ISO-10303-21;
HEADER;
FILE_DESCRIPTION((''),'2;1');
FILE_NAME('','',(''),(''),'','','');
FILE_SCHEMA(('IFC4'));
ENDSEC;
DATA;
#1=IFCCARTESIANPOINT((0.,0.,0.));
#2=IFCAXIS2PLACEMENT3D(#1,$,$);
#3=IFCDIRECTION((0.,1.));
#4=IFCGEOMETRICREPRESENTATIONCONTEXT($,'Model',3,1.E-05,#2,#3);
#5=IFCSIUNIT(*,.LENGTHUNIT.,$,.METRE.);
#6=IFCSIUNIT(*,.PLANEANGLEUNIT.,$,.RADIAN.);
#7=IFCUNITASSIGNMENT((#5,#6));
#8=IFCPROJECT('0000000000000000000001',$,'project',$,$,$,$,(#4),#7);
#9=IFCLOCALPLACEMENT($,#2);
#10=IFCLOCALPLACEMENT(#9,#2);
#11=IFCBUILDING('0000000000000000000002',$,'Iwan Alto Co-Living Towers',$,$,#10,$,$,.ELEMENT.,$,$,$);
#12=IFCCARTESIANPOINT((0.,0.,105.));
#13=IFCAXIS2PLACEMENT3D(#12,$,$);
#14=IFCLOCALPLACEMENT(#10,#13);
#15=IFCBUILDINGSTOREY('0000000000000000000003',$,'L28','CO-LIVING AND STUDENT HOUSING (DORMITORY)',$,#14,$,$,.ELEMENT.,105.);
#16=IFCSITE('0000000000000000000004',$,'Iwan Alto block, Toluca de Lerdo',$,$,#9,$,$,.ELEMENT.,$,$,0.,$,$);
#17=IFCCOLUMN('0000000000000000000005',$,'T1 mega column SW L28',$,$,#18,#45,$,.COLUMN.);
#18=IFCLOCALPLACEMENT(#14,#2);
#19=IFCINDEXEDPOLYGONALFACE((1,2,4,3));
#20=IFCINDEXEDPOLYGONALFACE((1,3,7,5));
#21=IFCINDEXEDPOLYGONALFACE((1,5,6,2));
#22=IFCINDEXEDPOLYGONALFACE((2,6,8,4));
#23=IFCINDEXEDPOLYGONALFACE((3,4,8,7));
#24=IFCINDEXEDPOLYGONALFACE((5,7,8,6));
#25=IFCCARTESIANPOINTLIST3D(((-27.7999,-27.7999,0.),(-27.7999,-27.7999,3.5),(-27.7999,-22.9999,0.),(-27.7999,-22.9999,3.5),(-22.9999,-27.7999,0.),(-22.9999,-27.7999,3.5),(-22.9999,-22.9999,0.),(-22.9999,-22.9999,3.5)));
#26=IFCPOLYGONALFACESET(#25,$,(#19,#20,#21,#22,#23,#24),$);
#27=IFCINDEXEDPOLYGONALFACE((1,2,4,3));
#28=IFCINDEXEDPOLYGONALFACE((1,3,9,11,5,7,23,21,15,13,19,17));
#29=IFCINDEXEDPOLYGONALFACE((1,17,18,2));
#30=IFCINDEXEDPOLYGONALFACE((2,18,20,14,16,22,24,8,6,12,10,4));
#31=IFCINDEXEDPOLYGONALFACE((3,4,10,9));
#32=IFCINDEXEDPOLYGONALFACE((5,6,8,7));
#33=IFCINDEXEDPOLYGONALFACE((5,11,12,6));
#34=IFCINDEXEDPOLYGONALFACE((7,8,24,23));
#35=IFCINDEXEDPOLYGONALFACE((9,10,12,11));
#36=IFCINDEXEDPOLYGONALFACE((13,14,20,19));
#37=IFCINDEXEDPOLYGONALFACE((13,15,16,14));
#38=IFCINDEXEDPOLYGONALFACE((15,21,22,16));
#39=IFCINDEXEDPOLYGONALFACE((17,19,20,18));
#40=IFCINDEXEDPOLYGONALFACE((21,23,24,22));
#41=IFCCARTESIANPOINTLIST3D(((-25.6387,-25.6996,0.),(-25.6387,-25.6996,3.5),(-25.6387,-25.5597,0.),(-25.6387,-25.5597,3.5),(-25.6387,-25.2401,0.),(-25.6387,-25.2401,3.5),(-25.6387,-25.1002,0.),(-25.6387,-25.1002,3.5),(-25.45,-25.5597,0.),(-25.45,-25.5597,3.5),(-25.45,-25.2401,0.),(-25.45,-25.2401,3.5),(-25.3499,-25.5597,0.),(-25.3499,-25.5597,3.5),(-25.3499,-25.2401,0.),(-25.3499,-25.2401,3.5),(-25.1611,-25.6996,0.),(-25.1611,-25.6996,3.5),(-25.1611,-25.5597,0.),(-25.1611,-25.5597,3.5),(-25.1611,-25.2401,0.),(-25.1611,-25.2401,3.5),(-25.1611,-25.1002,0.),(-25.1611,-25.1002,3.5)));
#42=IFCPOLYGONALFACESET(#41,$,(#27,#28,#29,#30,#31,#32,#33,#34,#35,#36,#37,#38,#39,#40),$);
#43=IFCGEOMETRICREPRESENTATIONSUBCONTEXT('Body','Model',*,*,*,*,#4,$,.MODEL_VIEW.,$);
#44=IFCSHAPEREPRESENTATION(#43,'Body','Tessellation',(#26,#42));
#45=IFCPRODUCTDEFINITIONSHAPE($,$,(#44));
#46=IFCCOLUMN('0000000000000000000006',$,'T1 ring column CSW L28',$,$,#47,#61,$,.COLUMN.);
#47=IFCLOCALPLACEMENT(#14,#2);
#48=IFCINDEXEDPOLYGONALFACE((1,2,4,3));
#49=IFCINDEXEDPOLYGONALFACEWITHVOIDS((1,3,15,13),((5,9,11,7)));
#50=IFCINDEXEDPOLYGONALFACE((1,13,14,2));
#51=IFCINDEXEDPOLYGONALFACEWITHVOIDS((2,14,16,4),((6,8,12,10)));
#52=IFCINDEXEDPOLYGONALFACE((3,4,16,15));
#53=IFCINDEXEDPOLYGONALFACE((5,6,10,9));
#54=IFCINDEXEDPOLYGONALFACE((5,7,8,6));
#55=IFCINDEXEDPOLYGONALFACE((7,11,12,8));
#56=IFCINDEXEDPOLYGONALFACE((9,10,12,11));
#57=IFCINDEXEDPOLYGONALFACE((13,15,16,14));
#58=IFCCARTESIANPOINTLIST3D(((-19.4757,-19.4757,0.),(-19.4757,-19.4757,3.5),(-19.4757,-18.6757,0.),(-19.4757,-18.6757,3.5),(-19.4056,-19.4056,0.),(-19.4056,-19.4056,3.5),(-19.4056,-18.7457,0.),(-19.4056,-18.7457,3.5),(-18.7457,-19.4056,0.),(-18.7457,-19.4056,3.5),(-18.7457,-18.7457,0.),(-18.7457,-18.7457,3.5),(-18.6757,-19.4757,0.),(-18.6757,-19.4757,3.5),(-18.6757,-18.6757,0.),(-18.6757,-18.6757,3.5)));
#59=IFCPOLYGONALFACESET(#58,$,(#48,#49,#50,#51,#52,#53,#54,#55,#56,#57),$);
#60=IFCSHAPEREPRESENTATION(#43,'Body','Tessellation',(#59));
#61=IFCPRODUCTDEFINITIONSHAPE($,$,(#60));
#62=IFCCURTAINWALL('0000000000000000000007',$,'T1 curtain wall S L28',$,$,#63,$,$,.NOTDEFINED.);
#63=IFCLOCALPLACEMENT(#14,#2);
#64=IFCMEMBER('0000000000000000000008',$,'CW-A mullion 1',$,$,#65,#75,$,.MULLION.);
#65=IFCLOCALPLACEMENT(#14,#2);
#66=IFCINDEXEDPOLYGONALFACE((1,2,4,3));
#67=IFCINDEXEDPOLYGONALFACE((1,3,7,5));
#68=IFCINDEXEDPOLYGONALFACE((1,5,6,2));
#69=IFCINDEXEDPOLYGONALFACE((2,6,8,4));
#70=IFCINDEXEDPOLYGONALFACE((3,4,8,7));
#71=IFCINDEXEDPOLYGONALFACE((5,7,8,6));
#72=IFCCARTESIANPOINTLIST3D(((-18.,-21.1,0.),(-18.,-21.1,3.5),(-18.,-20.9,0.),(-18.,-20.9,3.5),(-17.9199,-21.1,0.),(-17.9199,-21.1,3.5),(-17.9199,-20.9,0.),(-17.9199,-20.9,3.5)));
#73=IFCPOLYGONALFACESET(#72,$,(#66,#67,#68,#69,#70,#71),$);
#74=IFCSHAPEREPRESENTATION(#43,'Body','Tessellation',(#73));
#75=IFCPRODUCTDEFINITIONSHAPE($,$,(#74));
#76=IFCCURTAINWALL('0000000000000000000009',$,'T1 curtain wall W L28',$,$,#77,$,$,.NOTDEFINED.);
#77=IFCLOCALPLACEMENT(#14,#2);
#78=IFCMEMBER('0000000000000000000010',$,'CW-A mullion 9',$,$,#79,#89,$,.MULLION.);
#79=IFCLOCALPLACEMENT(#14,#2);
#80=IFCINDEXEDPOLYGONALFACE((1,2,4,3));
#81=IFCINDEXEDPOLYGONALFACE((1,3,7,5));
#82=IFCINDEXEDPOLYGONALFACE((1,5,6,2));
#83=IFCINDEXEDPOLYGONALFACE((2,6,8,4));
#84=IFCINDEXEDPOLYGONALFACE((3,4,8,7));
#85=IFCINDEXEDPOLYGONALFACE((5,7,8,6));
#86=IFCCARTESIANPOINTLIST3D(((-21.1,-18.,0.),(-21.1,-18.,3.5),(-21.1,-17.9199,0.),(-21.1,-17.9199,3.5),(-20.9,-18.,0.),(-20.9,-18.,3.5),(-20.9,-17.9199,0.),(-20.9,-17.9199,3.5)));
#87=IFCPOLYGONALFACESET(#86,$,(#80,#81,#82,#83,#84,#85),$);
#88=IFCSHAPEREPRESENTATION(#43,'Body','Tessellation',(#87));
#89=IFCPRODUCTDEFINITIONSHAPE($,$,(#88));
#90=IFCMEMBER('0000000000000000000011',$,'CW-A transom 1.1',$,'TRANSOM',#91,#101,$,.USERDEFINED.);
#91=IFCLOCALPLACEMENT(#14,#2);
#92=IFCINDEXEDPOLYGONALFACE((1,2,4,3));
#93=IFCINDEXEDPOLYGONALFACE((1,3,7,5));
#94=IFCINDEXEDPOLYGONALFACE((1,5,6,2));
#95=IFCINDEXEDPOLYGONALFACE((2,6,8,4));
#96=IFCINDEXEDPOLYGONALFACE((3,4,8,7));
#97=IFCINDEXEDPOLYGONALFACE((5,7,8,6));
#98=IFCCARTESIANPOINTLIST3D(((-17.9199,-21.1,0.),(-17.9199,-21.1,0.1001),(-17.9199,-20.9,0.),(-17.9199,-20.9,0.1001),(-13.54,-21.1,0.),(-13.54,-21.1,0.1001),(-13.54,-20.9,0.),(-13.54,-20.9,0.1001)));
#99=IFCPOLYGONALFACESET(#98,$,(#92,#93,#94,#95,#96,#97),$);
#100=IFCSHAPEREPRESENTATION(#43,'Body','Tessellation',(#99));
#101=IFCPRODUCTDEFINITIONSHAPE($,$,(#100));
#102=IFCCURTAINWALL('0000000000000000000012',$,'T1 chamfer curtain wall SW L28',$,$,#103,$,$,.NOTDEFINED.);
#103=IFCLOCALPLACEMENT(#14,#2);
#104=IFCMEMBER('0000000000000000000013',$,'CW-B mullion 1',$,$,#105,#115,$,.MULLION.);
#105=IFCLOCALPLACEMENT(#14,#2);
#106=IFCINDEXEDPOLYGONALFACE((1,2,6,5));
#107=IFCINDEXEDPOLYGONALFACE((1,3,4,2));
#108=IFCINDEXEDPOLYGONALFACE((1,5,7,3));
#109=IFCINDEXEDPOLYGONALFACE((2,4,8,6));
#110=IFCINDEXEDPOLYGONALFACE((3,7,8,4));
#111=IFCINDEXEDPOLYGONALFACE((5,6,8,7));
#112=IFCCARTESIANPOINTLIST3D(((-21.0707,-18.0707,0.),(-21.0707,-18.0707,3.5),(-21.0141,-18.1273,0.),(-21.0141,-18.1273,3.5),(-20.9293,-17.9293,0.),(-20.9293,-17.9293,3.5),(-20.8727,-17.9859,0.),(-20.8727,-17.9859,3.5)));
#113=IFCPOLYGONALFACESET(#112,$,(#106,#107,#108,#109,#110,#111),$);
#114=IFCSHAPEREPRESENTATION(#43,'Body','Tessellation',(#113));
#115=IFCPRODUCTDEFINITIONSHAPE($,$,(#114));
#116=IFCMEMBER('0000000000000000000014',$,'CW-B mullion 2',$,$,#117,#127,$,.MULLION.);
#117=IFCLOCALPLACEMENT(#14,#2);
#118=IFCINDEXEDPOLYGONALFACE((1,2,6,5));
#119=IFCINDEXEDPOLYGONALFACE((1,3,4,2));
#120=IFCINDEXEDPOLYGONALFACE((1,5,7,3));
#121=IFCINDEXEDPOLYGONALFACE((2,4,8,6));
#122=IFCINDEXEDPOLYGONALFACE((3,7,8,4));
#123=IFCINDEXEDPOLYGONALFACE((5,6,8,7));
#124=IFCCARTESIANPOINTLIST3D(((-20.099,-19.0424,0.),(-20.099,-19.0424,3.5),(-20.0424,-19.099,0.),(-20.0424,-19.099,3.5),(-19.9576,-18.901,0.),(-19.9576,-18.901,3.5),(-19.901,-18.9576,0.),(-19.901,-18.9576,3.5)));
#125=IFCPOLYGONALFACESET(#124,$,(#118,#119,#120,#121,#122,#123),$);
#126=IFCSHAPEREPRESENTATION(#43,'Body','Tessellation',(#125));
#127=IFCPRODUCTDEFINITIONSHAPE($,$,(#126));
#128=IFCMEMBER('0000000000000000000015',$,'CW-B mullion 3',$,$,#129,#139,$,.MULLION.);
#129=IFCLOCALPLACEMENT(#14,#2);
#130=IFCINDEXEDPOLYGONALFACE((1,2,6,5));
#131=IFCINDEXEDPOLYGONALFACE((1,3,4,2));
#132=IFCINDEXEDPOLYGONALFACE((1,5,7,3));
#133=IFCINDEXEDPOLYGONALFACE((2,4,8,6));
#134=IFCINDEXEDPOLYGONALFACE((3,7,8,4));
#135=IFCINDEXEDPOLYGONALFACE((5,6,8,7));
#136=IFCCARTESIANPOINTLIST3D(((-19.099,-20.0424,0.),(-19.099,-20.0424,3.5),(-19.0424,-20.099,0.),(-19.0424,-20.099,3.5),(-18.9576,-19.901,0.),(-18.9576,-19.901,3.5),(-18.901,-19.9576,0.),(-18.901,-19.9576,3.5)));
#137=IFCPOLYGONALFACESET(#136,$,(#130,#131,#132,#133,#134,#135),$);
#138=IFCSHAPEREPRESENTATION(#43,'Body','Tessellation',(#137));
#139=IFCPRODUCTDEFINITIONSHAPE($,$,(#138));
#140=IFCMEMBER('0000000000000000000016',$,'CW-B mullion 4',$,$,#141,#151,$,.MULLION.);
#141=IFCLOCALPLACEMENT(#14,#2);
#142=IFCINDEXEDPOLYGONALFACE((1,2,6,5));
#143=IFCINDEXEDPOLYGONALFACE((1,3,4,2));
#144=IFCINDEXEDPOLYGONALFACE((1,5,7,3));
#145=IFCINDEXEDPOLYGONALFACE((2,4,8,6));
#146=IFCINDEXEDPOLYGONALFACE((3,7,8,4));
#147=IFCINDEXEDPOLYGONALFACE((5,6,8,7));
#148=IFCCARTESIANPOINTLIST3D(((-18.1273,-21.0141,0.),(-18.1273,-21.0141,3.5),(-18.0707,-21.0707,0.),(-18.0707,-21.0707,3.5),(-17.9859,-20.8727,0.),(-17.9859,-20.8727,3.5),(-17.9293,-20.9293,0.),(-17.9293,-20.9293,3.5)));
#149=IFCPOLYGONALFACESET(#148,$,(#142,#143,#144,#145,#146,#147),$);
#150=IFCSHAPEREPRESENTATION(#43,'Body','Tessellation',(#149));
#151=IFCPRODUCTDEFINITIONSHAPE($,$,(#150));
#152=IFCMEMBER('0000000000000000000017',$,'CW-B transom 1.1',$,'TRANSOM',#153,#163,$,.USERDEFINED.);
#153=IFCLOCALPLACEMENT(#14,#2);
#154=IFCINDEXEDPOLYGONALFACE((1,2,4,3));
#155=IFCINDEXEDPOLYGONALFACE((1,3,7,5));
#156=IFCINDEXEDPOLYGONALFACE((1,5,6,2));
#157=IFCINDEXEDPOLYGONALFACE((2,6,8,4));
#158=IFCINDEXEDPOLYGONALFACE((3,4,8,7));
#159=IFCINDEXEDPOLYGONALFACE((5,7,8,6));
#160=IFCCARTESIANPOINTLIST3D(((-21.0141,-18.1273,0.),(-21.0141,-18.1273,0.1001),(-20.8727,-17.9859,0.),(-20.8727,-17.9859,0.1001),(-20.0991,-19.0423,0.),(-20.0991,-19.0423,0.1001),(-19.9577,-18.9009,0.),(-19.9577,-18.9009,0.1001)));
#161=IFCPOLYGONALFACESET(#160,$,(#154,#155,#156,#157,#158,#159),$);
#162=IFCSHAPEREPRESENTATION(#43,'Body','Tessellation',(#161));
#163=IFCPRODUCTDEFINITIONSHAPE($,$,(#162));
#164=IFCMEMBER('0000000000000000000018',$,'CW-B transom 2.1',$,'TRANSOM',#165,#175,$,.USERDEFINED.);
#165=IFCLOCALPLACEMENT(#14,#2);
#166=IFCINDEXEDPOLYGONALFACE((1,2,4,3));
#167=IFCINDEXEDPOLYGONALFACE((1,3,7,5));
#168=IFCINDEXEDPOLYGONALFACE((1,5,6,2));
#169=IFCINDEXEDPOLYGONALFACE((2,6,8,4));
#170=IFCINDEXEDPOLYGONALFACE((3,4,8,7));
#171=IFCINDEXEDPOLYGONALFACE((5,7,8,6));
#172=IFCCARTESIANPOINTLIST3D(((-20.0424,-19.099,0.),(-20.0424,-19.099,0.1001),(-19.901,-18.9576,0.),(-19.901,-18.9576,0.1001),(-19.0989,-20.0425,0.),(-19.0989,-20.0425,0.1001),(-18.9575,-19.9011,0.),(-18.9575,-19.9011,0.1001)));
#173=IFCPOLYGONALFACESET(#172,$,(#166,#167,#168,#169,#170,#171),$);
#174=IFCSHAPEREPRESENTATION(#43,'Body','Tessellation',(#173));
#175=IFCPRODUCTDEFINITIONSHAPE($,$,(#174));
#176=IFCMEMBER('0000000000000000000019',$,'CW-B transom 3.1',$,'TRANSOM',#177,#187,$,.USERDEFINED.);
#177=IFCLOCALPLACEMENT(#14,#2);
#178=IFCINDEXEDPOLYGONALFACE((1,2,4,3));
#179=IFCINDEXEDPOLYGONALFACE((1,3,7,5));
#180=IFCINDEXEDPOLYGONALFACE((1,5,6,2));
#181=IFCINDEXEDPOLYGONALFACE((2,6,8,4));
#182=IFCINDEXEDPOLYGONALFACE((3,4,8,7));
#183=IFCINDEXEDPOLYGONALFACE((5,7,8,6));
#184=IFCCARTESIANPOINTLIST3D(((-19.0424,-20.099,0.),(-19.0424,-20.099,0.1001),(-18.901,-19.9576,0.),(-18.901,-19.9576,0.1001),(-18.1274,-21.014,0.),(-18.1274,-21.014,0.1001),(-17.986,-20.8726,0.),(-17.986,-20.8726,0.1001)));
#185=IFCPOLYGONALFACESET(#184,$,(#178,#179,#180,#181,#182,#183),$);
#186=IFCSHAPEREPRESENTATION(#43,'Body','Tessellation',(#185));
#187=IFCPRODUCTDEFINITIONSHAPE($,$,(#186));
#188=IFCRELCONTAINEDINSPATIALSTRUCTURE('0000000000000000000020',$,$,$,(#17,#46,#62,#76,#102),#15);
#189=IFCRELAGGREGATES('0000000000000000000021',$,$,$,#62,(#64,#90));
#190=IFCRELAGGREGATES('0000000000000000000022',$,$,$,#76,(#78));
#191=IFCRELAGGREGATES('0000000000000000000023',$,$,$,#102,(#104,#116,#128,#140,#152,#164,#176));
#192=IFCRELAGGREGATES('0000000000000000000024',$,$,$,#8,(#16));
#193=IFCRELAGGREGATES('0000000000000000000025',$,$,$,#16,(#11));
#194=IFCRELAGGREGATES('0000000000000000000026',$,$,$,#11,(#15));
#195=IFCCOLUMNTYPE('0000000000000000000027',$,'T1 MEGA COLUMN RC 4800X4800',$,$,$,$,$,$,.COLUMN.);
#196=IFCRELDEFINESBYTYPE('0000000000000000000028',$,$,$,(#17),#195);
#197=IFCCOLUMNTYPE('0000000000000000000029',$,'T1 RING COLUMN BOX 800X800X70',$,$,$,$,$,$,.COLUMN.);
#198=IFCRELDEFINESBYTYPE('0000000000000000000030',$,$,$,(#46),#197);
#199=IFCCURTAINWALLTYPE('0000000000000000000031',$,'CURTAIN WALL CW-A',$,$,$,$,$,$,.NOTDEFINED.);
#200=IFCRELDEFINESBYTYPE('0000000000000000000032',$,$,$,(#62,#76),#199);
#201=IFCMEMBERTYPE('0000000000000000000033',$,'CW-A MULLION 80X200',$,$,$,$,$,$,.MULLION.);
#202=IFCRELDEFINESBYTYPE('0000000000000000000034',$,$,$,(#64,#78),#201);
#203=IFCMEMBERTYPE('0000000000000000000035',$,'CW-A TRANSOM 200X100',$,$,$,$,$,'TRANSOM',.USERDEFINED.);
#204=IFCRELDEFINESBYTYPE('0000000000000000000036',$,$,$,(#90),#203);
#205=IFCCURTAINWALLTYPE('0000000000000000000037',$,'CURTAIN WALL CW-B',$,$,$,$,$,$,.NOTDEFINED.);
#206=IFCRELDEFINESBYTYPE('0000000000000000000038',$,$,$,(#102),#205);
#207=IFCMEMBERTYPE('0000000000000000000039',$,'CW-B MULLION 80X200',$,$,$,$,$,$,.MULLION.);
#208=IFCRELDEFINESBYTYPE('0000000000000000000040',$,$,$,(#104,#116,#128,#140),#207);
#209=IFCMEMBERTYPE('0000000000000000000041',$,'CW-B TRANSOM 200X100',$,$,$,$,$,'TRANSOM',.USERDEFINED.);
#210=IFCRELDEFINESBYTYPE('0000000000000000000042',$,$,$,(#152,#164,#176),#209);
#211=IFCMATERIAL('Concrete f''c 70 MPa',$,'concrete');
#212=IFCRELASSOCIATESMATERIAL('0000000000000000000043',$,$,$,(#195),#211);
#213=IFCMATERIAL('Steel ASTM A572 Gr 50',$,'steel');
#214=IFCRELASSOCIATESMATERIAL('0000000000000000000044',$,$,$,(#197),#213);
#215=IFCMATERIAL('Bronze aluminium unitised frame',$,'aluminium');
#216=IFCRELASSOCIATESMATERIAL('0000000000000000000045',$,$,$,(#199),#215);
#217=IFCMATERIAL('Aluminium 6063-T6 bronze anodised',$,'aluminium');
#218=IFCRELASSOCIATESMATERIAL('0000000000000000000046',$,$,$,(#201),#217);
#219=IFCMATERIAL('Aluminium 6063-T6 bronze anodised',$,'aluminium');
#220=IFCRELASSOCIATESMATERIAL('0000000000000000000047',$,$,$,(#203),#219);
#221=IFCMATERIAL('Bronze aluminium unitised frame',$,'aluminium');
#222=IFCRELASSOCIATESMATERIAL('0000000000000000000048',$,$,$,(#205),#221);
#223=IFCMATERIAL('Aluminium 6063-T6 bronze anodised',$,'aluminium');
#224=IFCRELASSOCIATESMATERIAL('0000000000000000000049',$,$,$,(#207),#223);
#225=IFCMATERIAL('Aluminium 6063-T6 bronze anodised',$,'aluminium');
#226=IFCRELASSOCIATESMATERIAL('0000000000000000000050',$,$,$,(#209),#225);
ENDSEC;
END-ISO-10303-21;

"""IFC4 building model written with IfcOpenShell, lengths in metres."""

from ifc_helpers import new_model, si_unit, direction, frame, origin, origin_2d, place, context, subcontext, project, spatial, rectangle, hollow_rectangle, i_section, extrude, material, material_profile, profile_set, type_object, element, aggregate, save


model = new_model("IFC4")

# Units and contexts
model_context = context("Model", 3, precision=1e-05, world=origin(), true_north=direction((0.0, 1.0)))
body_context = subcontext(model_context, "Body", "Model", "MODEL_VIEW")
ifc_project = project(units=[si_unit("LENGTHUNIT", "METRE"), si_unit("PLANEANGLEUNIT", "RADIAN")], contexts=[model_context])

# Site, building, storey
site_placement = place(None, origin())
site = spatial("IfcSite", under=ifc_project, at=site_placement, Name="Iwan Alto block, Toluca de Lerdo", CompositionType="ELEMENT", RefElevation=0.0)
building_placement = place(site_placement, origin())
building = spatial("IfcBuilding", under=site, at=building_placement, Name="Iwan Alto Co-Living Towers", CompositionType="ELEMENT")
storey_placement = place(building_placement, frame((0.0, 0.0, 105.0)))
storey = spatial("IfcBuildingStorey", under=building, at=storey_placement, Name="L28", Description="CO-LIVING AND STUDENT HOUSING (DORMITORY)", CompositionType="ELEMENT", Elevation=105.0)

# Columns
ifc_material_1 = material(Name="Concrete f'c 70 MPa", Category="concrete")
ifc_material_profile_1 = material_profile(ifc_material_1, rectangle(XDim=4.8, YDim=4.8, at=origin_2d()), Name="RC 4800X4800")
ifc_profile_set_1 = profile_set([ifc_material_profile_1], Name="Concrete f'c 70 MPa")
column_type_1 = type_object("IfcColumnType", Name="T1 MEGA COLUMN RC 4800X4800", PredefinedType="COLUMN", material=ifc_profile_set_1)
column_1_placement = place(storey_placement, frame((-25.3999, -25.3999, 0.0), z_axis=(0.0, 0.0, 1.0), x_axis=(1.0, 0.0, 0.0)))
element("IfcColumn", 1, at=column_1_placement, inside=storey, type_object=column_type_1, Name="T1 mega column SW L28", PredefinedType="COLUMN", context=body_context, shape_type="SweptSolid", body=[
    extrude(rectangle(XDim=4.8, YDim=4.8, at=origin_2d()), origin(), (0.0, 0.0, 1.0), 3.5),
    extrude(i_section(OverallWidth=0.4775, OverallDepth=0.5994, WebThickness=0.1001, FlangeThickness=0.1399, at=origin_2d()), origin(), (0.0, 0.0, 1.0), 3.5),
])
ifc_material_2 = material(Name="Steel ASTM A572 Gr 50", Category="steel")
ifc_material_profile_2 = material_profile(ifc_material_2, hollow_rectangle(XDim=0.8, YDim=0.8, WallThickness=0.0701, at=origin_2d()), Name="BOX 800X800X70")
ifc_profile_set_2 = profile_set([ifc_material_profile_2], Name="Steel ASTM A572 Gr 50")
column_type_2 = type_object("IfcColumnType", Name="T1 RING COLUMN BOX 800X800X70", PredefinedType="COLUMN", material=ifc_profile_set_2)
column_2_placement = place(storey_placement, frame((-19.0757, -19.0757, 0.0), z_axis=(0.0, 0.0, 1.0), x_axis=(1.0, 0.0, 0.0)))
element("IfcColumn", 2, at=column_2_placement, inside=storey, type_object=column_type_2, Name="T1 ring column CSW L28", PredefinedType="COLUMN", context=body_context, shape_type="SweptSolid", body=[
    extrude(hollow_rectangle(XDim=0.8, YDim=0.8, WallThickness=0.0701, at=origin_2d()), origin(), (0.0, 0.0, 1.0), 3.5),
])

# Curtain walls, members
ifc_material_3 = material(Name="Bronze aluminium unitised frame", Category="aluminium")
curtain_wall_type_1 = type_object("IfcCurtainWallType", Name="CURTAIN WALL CW-A", PredefinedType="NOTDEFINED", material=ifc_material_3)
curtain_wall_1_placement = place(storey_placement, origin())
curtain_wall_1 = element("IfcCurtainWall", 3, at=curtain_wall_1_placement, inside=storey, type_object=curtain_wall_type_1, Name="T1 curtain wall S L28", PredefinedType="NOTDEFINED")
ifc_material_4 = material(Name="Aluminium 6063-T6 bronze anodised", Category="aluminium")
ifc_material_profile_3 = material_profile(ifc_material_4, rectangle(XDim=0.2, YDim=0.0801, at=origin_2d()), Name="AL 80X200")
ifc_profile_set_3 = profile_set([ifc_material_profile_3], Name="Aluminium 6063-T6 bronze anodised")
member_type_1 = type_object("IfcMemberType", Name="CW-A MULLION 80X200", PredefinedType="MULLION", material=ifc_profile_set_3)
member_1_placement = place(storey_placement, frame((-17.96, -21.0, 0.0), z_axis=(0.0, 0.0, 1.0), x_axis=(0.0, 1.0, 0.0)))
member_1 = element("IfcMember", 4, at=member_1_placement, type_object=member_type_1, Name="CW-A mullion 1", PredefinedType="MULLION", context=body_context, shape_type="SweptSolid", body=[
    extrude(rectangle(XDim=0.2, YDim=0.0801, at=origin_2d()), origin(), (0.0, 0.0, 1.0), 3.5),
])
curtain_wall_2_placement = place(storey_placement, origin())
curtain_wall_2 = element("IfcCurtainWall", 5, at=curtain_wall_2_placement, inside=storey, type_object=curtain_wall_type_1, Name="T1 curtain wall W L28", PredefinedType="NOTDEFINED")
member_2_placement = place(storey_placement, frame((-21.0, -17.96, 0.0), z_axis=(0.0, 0.0, 1.0), x_axis=(1.0, 0.0, 0.0)))
member_2 = element("IfcMember", 6, at=member_2_placement, type_object=member_type_1, Name="CW-A mullion 9", PredefinedType="MULLION", context=body_context, shape_type="SweptSolid", body=[
    extrude(rectangle(XDim=0.2, YDim=0.0801, at=origin_2d()), origin(), (0.0, 0.0, 1.0), 3.5),
])

# Member
ifc_material_5 = material(Name="Aluminium 6063-T6 bronze anodised", Category="aluminium")
ifc_material_profile_4 = material_profile(ifc_material_5, rectangle(XDim=0.2, YDim=0.1001, at=origin_2d()), Name="AL 200X100")
ifc_profile_set_4 = profile_set([ifc_material_profile_4], Name="Aluminium 6063-T6 bronze anodised")
member_type_2 = type_object("IfcMemberType", Name="CW-A TRANSOM 200X100", ElementType="TRANSOM", PredefinedType="USERDEFINED", material=ifc_profile_set_4)
member_3_placement = place(storey_placement, frame((-17.9199, -21.0, 0.05), z_axis=(1.0, 0.0, 0.0), x_axis=(0.0, 1.0, 0.0)))
member_3 = element("IfcMember", 7, at=member_3_placement, type_object=member_type_2, Name="CW-A transom 1.1", ObjectType="TRANSOM", PredefinedType="USERDEFINED", context=body_context, shape_type="SweptSolid", body=[
    extrude(rectangle(XDim=0.2, YDim=0.1001, at=origin_2d()), origin(), (0.0, 0.0, 1.0), 4.3799),
])
aggregate(curtain_wall_1, [member_1, member_3])

# Curtain wall, members
ifc_material_6 = material(Name="Bronze aluminium unitised frame", Category="aluminium")
curtain_wall_type_2 = type_object("IfcCurtainWallType", Name="CURTAIN WALL CW-B", PredefinedType="NOTDEFINED", material=ifc_material_6)
curtain_wall_3_placement = place(storey_placement, origin())
curtain_wall_3 = element("IfcCurtainWall", 8, at=curtain_wall_3_placement, inside=storey, type_object=curtain_wall_type_2, Name="T1 chamfer curtain wall SW L28", PredefinedType="NOTDEFINED")
ifc_material_7 = material(Name="Aluminium 6063-T6 bronze anodised", Category="aluminium")
ifc_material_profile_5 = material_profile(ifc_material_7, rectangle(XDim=0.2, YDim=0.0801, at=origin_2d()), Name="AL 80X200")
ifc_profile_set_5 = profile_set([ifc_material_profile_5], Name="Aluminium 6063-T6 bronze anodised")
member_type_3 = type_object("IfcMemberType", Name="CW-B MULLION 80X200", PredefinedType="MULLION", material=ifc_profile_set_5)
member_4_placement = place(storey_placement, frame((-20.9717, -18.0283, 0.0), z_axis=(0.0, 0.0, 1.0), x_axis=(0.707107, 0.707107, 0.0)))
member_4 = element("IfcMember", 9, at=member_4_placement, type_object=member_type_3, Name="CW-B mullion 1", PredefinedType="MULLION", context=body_context, shape_type="SweptSolid", body=[
    extrude(rectangle(XDim=0.2, YDim=0.0801, at=origin_2d()), origin(), (0.0, 0.0, 1.0), 3.5),
])
member_5_placement = place(storey_placement, frame((-20.0, -19.0, 0.0), z_axis=(0.0, 0.0, 1.0), x_axis=(0.707107, 0.707107, 0.0)))
member_5 = element("IfcMember", 10, at=member_5_placement, type_object=member_type_3, Name="CW-B mullion 2", PredefinedType="MULLION", context=body_context, shape_type="SweptSolid", body=[
    extrude(rectangle(XDim=0.2, YDim=0.0801, at=origin_2d()), origin(), (0.0, 0.0, 1.0), 3.5),
])
member_6_placement = place(storey_placement, frame((-19.0, -20.0, 0.0), z_axis=(0.0, 0.0, 1.0), x_axis=(0.707107, 0.707107, 0.0)))
member_6 = element("IfcMember", 11, at=member_6_placement, type_object=member_type_3, Name="CW-B mullion 3", PredefinedType="MULLION", context=body_context, shape_type="SweptSolid", body=[
    extrude(rectangle(XDim=0.2, YDim=0.0801, at=origin_2d()), origin(), (0.0, 0.0, 1.0), 3.5),
])
member_7_placement = place(storey_placement, frame((-18.0283, -20.9717, 0.0), z_axis=(0.0, 0.0, 1.0), x_axis=(0.707107, 0.707107, 0.0)))
member_7 = element("IfcMember", 12, at=member_7_placement, type_object=member_type_3, Name="CW-B mullion 4", PredefinedType="MULLION", context=body_context, shape_type="SweptSolid", body=[
    extrude(rectangle(XDim=0.2, YDim=0.0801, at=origin_2d()), origin(), (0.0, 0.0, 1.0), 3.5),
])
ifc_material_8 = material(Name="Aluminium 6063-T6 bronze anodised", Category="aluminium")
ifc_material_profile_6 = material_profile(ifc_material_8, rectangle(XDim=0.2, YDim=0.1001, at=origin_2d()), Name="AL 200X100")
ifc_profile_set_6 = profile_set([ifc_material_profile_6], Name="Aluminium 6063-T6 bronze anodised")
member_type_4 = type_object("IfcMemberType", Name="CW-B TRANSOM 200X100", ElementType="TRANSOM", PredefinedType="USERDEFINED", material=ifc_profile_set_6)
member_8_placement = place(storey_placement, frame((-20.9434, -18.0566, 0.05), z_axis=(0.707107, -0.707107, 0.0), x_axis=(0.707107, 0.707107, 0.0)))
member_8 = element("IfcMember", 13, at=member_8_placement, type_object=member_type_4, Name="CW-B transom 1.1", ObjectType="TRANSOM", PredefinedType="USERDEFINED", context=body_context, shape_type="SweptSolid", body=[
    extrude(rectangle(XDim=0.2, YDim=0.1001, at=origin_2d()), origin(), (0.0, 0.0, 1.0), 1.2939),
])
member_9_placement = place(storey_placement, frame((-19.9717, -19.0283, 0.05), z_axis=(0.707107, -0.707107, 0.0), x_axis=(0.707107, 0.707107, 0.0)))
member_9 = element("IfcMember", 14, at=member_9_placement, type_object=member_type_4, Name="CW-B transom 2.1", ObjectType="TRANSOM", PredefinedType="USERDEFINED", context=body_context, shape_type="SweptSolid", body=[
    extrude(rectangle(XDim=0.2, YDim=0.1001, at=origin_2d()), origin(), (0.0, 0.0, 1.0), 1.3342),
])
member_10_placement = place(storey_placement, frame((-18.9717, -20.0283, 0.05), z_axis=(0.707107, -0.707107, 0.0), x_axis=(0.707107, 0.707107, 0.0)))
member_10 = element("IfcMember", 15, at=member_10_placement, type_object=member_type_4, Name="CW-B transom 3.1", ObjectType="TRANSOM", PredefinedType="USERDEFINED", context=body_context, shape_type="SweptSolid", body=[
    extrude(rectangle(XDim=0.2, YDim=0.1001, at=origin_2d()), origin(), (0.0, 0.0, 1.0), 1.2939),
])

aggregate(curtain_wall_2, [member_2])
aggregate(curtain_wall_3, [member_4, member_5, member_6, member_7, member_8, member_9, member_10])

save(model, "model.ifc")
